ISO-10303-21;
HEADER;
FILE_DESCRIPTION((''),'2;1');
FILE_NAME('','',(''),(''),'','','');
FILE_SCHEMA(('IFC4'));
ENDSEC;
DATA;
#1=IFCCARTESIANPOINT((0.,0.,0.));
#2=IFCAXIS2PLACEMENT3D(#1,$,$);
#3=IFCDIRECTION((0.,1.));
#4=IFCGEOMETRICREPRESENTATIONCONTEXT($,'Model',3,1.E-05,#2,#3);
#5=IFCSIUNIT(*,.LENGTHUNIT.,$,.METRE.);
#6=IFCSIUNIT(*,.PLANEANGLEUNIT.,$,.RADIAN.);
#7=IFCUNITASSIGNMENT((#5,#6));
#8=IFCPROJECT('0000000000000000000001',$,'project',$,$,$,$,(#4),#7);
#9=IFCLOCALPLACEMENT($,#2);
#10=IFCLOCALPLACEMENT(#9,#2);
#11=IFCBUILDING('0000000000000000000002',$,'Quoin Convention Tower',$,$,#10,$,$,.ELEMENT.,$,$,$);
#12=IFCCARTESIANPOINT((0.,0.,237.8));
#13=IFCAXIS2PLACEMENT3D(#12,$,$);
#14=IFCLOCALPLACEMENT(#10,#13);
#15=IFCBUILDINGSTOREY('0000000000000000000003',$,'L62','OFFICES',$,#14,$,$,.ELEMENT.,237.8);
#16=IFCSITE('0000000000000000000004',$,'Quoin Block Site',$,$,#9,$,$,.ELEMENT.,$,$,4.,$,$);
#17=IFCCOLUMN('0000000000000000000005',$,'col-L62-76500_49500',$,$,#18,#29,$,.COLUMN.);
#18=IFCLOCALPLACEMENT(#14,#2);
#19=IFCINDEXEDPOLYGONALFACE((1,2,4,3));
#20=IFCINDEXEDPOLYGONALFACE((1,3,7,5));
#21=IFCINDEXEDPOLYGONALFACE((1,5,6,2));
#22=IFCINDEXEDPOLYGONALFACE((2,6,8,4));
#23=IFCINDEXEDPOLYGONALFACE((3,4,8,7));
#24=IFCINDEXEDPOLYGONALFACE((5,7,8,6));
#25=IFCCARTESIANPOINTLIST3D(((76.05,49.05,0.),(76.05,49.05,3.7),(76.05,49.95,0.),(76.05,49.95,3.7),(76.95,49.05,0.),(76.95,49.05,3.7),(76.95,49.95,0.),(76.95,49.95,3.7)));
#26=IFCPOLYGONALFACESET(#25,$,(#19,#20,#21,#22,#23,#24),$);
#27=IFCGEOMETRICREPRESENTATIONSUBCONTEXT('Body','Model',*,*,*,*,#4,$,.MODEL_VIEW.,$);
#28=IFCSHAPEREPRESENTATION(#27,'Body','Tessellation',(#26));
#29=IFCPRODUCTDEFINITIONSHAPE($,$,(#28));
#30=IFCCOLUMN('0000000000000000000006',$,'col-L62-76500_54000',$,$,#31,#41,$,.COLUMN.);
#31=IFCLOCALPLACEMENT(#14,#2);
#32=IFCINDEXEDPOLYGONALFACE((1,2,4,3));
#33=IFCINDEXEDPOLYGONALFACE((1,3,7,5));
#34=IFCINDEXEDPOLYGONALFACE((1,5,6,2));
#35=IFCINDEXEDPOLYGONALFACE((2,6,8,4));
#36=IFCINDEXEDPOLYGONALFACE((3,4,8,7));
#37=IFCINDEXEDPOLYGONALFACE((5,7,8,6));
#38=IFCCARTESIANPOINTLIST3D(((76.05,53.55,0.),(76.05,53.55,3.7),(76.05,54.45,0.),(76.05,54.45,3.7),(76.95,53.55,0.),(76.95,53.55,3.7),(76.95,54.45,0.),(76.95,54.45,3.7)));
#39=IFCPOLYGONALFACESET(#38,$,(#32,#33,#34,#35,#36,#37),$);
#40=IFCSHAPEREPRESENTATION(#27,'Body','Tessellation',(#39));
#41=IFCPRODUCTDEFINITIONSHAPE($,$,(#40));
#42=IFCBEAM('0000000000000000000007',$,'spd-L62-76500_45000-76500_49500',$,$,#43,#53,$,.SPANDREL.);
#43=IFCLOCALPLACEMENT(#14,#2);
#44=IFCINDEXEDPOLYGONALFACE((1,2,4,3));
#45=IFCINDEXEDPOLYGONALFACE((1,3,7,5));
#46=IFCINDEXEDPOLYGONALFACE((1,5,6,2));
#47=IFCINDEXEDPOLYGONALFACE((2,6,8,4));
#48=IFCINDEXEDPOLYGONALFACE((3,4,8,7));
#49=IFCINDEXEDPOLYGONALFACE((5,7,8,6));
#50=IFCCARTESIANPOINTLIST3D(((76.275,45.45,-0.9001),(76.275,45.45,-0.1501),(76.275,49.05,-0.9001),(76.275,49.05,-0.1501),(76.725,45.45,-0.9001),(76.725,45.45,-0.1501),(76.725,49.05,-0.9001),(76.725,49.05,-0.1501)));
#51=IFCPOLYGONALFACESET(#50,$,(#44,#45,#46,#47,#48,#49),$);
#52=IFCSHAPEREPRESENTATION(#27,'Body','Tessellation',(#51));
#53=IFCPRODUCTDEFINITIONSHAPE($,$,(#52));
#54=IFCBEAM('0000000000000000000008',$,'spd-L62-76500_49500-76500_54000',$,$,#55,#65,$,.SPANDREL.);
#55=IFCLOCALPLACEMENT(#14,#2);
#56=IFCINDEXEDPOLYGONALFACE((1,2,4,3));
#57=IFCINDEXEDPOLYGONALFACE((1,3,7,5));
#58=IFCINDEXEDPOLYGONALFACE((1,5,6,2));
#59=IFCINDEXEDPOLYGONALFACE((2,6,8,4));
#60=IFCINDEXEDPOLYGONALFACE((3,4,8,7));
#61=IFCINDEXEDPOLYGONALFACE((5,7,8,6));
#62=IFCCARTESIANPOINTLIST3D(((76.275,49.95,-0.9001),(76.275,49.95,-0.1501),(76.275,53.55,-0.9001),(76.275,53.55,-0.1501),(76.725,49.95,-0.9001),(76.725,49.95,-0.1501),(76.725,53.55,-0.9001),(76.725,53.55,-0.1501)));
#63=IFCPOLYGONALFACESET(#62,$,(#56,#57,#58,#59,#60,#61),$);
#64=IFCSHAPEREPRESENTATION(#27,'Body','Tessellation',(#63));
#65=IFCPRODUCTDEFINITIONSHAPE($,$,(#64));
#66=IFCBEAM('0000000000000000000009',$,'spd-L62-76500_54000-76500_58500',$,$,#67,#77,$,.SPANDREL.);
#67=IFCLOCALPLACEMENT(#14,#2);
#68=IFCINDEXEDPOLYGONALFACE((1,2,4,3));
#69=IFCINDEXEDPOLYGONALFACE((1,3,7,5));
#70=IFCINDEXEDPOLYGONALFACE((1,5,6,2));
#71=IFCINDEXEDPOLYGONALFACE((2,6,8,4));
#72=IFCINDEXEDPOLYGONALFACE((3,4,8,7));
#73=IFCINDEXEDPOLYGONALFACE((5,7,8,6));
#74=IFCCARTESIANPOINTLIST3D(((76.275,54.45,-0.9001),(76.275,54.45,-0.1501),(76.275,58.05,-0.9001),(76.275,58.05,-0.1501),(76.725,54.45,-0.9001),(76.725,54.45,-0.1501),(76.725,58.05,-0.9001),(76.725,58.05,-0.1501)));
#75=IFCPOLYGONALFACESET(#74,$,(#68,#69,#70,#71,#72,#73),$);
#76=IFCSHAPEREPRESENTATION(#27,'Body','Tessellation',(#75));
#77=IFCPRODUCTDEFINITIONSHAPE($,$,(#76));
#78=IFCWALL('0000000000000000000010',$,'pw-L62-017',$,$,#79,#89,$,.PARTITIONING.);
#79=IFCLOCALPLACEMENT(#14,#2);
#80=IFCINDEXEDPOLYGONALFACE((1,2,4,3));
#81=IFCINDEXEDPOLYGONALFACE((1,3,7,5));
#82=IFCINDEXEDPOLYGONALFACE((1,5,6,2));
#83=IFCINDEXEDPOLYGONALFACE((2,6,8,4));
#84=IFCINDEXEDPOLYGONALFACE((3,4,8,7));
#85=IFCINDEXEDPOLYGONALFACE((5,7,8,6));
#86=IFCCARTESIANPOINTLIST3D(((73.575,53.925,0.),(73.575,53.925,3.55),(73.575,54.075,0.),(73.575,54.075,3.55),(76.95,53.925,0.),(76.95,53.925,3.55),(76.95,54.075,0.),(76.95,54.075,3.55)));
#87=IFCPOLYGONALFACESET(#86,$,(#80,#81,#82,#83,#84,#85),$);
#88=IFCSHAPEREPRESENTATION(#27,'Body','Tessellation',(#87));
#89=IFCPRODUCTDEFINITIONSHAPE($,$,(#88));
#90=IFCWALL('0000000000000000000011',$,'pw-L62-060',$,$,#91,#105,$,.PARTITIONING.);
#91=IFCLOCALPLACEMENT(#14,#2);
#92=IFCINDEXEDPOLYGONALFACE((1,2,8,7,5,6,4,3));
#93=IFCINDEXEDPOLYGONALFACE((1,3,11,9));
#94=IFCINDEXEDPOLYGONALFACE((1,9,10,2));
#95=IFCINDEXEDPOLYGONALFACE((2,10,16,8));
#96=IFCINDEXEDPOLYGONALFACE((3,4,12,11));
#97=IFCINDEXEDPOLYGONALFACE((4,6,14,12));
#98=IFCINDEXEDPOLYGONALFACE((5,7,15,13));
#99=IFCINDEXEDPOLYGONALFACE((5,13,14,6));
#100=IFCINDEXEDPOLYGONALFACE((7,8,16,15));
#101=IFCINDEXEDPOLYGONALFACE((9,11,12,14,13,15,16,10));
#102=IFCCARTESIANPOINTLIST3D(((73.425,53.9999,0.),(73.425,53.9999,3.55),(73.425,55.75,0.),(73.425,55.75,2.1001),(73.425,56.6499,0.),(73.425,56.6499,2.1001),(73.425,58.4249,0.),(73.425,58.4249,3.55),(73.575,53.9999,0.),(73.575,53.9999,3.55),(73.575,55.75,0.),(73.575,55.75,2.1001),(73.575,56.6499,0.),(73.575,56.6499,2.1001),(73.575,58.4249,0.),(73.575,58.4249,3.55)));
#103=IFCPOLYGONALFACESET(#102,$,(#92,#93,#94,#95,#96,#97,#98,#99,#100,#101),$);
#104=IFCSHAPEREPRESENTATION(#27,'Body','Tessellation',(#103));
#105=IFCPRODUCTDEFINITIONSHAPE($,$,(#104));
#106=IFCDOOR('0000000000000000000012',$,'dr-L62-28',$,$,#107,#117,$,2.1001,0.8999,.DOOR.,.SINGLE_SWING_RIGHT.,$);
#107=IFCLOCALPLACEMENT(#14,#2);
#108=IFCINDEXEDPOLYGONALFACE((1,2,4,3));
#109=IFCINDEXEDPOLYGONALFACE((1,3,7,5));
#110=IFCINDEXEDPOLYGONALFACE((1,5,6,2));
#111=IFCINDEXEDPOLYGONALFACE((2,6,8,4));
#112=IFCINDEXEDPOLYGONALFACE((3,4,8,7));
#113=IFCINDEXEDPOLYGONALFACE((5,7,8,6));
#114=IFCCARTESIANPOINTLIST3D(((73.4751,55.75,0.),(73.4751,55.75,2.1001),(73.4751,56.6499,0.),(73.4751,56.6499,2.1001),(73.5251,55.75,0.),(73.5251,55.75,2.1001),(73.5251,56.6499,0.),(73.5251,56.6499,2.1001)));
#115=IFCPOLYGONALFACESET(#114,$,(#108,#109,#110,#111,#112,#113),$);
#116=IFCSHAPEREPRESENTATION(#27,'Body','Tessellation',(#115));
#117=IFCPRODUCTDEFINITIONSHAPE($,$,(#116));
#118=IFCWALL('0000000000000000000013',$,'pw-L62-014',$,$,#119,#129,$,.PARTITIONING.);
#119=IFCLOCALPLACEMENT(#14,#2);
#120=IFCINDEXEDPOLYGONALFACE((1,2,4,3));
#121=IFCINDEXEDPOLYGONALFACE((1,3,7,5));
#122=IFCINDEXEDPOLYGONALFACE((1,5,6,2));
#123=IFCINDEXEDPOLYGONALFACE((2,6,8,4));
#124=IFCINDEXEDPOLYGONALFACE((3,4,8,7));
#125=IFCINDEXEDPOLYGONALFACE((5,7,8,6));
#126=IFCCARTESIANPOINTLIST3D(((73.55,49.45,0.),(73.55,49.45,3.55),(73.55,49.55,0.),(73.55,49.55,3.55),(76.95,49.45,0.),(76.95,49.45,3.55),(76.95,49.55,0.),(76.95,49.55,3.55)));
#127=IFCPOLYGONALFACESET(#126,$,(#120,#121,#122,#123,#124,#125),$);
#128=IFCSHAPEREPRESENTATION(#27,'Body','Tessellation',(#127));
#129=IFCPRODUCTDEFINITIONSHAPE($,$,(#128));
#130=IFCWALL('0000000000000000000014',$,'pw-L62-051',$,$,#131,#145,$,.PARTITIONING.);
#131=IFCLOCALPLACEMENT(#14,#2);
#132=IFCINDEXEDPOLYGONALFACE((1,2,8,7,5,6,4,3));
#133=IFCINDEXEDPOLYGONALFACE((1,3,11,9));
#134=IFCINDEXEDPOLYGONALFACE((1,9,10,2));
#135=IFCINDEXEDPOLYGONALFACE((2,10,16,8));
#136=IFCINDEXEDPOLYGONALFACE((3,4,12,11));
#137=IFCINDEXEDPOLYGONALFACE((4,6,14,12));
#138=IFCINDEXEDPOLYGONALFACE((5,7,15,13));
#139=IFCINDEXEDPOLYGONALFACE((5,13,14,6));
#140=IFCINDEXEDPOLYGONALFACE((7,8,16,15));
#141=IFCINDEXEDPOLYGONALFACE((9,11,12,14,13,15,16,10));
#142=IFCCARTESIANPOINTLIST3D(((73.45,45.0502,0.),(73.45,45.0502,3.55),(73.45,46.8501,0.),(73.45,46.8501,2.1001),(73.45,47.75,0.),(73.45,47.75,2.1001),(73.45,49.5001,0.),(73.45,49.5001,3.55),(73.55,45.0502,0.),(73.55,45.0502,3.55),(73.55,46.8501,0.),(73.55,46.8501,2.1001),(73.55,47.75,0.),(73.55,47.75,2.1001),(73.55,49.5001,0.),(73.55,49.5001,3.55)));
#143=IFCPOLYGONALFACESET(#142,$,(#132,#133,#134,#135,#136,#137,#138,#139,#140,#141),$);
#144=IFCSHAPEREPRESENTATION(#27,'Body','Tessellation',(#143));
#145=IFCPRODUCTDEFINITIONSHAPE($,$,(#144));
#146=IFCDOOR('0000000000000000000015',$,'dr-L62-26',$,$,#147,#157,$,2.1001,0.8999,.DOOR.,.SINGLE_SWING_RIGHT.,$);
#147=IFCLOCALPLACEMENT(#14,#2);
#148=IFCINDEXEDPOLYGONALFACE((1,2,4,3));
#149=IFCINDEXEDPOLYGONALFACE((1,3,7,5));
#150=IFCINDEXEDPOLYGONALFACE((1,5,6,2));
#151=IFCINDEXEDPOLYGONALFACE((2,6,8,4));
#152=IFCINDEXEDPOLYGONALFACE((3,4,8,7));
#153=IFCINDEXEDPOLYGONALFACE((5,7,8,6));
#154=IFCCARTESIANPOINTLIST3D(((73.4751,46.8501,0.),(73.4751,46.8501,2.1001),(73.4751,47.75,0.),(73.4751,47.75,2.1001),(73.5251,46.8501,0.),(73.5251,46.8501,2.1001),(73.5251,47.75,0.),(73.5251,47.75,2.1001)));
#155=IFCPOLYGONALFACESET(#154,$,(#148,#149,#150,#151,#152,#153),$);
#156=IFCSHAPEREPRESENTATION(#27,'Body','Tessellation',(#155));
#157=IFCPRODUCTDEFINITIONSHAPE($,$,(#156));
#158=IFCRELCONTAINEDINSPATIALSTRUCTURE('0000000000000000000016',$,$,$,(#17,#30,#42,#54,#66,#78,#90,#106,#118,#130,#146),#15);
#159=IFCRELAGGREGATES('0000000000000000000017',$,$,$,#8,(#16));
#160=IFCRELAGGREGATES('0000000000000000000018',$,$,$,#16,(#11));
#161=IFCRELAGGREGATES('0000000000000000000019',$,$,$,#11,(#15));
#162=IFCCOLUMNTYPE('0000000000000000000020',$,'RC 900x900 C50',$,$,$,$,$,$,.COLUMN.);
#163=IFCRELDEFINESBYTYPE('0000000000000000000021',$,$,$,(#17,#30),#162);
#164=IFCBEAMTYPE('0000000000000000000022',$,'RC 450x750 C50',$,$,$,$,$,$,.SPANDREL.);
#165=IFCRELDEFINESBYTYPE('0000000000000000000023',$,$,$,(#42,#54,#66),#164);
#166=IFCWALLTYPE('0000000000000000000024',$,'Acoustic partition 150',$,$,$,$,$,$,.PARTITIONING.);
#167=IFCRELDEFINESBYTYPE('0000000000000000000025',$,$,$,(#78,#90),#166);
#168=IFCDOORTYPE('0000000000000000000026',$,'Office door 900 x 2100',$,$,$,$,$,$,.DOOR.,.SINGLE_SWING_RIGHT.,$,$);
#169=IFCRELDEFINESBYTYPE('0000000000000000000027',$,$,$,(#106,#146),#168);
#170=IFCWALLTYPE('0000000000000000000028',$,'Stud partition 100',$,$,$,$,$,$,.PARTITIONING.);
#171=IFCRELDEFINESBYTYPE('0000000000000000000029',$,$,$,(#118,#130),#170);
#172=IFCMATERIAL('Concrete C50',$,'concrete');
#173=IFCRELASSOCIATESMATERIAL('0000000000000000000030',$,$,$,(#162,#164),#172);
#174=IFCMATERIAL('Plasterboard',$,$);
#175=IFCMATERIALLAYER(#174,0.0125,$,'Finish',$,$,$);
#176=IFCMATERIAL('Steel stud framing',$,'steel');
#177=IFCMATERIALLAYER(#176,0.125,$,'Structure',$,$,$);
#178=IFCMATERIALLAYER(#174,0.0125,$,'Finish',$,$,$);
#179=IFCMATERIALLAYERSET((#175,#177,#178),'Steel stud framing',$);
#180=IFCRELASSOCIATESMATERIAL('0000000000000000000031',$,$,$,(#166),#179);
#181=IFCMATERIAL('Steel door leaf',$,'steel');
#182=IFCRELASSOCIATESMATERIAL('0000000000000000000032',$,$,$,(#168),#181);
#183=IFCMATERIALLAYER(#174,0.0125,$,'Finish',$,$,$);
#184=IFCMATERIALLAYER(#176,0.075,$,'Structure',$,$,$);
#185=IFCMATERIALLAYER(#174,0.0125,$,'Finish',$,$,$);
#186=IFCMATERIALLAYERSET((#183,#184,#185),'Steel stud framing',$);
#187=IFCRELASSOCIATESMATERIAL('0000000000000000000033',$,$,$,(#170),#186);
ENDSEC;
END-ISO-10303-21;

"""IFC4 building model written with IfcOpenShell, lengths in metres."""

from ifc_helpers import new_model, si_unit, direction, frame, frame_2d, origin, origin_2d, place, context, subcontext, project, spatial, rectangle, extrude, material, layer, layer_set, material_profile, profile_set, type_object, element, fill, save


model = new_model("IFC4")

# Units and contexts
model_context = context("Model", 3, precision=1e-05, world=origin(), true_north=direction((0.0, 1.0)))
body_context = subcontext(model_context, "Body", "Model", "MODEL_VIEW")
ifc_project = project(units=[si_unit("LENGTHUNIT", "METRE"), si_unit("PLANEANGLEUNIT", "RADIAN")], contexts=[model_context])

# Site, building, storey
site_placement = place(None, origin())
site = spatial("IfcSite", under=ifc_project, at=site_placement, Name="Quoin Block Site", CompositionType="ELEMENT", RefElevation=4.0)
building_placement = place(site_placement, origin())
building = spatial("IfcBuilding", under=site, at=building_placement, Name="Quoin Convention Tower", CompositionType="ELEMENT")
storey_placement = place(building_placement, frame((0.0, 0.0, 237.8)))
storey = spatial("IfcBuildingStorey", under=building, at=storey_placement, Name="L62", Description="OFFICES", CompositionType="ELEMENT", Elevation=237.8)

# Columns
ifc_material_1 = material(Name="Concrete C50", Category="concrete")
ifc_material_profile_1 = material_profile(ifc_material_1, rectangle(XDim=0.8999, YDim=0.8999, at=origin_2d()), Name="RC 900x900")
ifc_profile_set_1 = profile_set([ifc_material_profile_1], Name="Concrete C50")
column_type = type_object("IfcColumnType", Name="RC 900x900 C50", PredefinedType="COLUMN", material=ifc_profile_set_1)
for number, where, z_axis, x_axis, name in (
    (1, (76.5, 49.5, 0.0), (0.0, 0.0, 1.0), (1.0, 0.0, 0.0), "col-L62-76500_49500"),
    (2, (76.5, 54.0, 0.0), (0.0, 0.0, 1.0), (1.0, 0.0, 0.0), "col-L62-76500_54000"),
):
    element("IfcColumn", number, at=place(storey_placement, frame(where, z_axis=z_axis, x_axis=x_axis)), inside=storey, type_object=column_type, Name=name, PredefinedType="COLUMN", context=body_context, shape_type="SweptSolid", body=[
        extrude(rectangle(XDim=0.8999, YDim=0.8999, at=origin_2d()), origin(), (0.0, 0.0, 1.0), 3.7),
    ])

# Beams
ifc_material_profile_2 = material_profile(ifc_material_1, rectangle(XDim=0.45, YDim=0.75, at=origin_2d()), Name="RC 450x750")
ifc_profile_set_2 = profile_set([ifc_material_profile_2], Name="Concrete C50")
beam_type = type_object("IfcBeamType", Name="RC 450x750 C50", PredefinedType="SPANDREL", material=ifc_profile_set_2)
for number, where, z_axis, x_axis, name in (
    (3, (76.5, 45.45, -0.5251), (0.0, 1.0, 0.0), (-1.0, 0.0, 0.0), "spd-L62-76500_45000-76500_49500"),
    (4, (76.5, 49.95, -0.5251), (0.0, 1.0, 0.0), (-1.0, 0.0, 0.0), "spd-L62-76500_49500-76500_54000"),
    (5, (76.5, 54.45, -0.5251), (0.0, 1.0, 0.0), (-1.0, 0.0, 0.0), "spd-L62-76500_54000-76500_58500"),
):
    element("IfcBeam", number, at=place(storey_placement, frame(where, z_axis=z_axis, x_axis=x_axis)), inside=storey, type_object=beam_type, Name=name, PredefinedType="SPANDREL", context=body_context, shape_type="SweptSolid", body=[
        extrude(rectangle(XDim=0.45, YDim=0.75, at=origin_2d()), origin(), (0.0, 0.0, 1.0), 3.6001),
    ])

# Wall
ifc_material_2 = material(Name="Plasterboard")
ifc_layer_1 = layer(ifc_material_2, 0.0125, Name="Finish")
ifc_material_3 = material(Name="Steel stud framing", Category="steel")
ifc_layer_2 = layer(ifc_material_3, 0.125, Name="Structure")
ifc_layer_3 = layer(ifc_material_2, 0.0125, Name="Finish")
ifc_layer_set_1 = layer_set([ifc_layer_1, ifc_layer_2, ifc_layer_3], Name="Steel stud framing")
wall_type_1 = type_object("IfcWallType", Name="Acoustic partition 150", PredefinedType="PARTITIONING", material=ifc_layer_set_1)
wall_1_placement = place(storey_placement, frame((73.575, 54.0, 0.0), z_axis=(0.0, 0.0, 1.0), x_axis=(1.0, 0.0, 0.0)))
element("IfcWall", 6, at=wall_1_placement, inside=storey, type_object=wall_type_1, Name="pw-L62-017", PredefinedType="PARTITIONING", context=body_context, shape_type="SweptSolid", body=[
    extrude(rectangle(XDim=3.375, YDim=0.1499, at=frame_2d((1.6875, 0.0))), origin(), (0.0, 0.0, 1.0), 3.55),
])

# Wall, opening, door
wall_2_placement = place(storey_placement, frame((73.5, 54.0, 0.0), z_axis=(0.0, 0.0, 1.0), x_axis=(0.0, 1.0, 0.0)))
wall_2 = element("IfcWall", 7, at=wall_2_placement, inside=storey, type_object=wall_type_1, Name="pw-L62-060", PredefinedType="PARTITIONING", context=body_context, shape_type="SweptSolid", body=[
    extrude(rectangle(XDim=4.425, YDim=0.1499, at=frame_2d((2.2124, 0.0))), origin(), (0.0, 0.0, 1.0), 3.55),
])
opening_1_placement = place(wall_2_placement, frame((1.75, 0.0, 0.0)))
opening_1 = element("IfcOpeningElement", 8, at=opening_1_placement, cuts=wall_2, PredefinedType="OPENING", context=body_context, shape_type="SweptSolid", body=[
    extrude(rectangle(XDim=0.8999, YDim=2.1001, at=frame_2d((0.45, 1.05))), frame((0.0, 0.085, 0.0), z_axis=(0.0, -1.0, 0.0), x_axis=(1.0, 0.0, 0.0)), (0.0, 0.0, 1.0), 0.1699),
])
ifc_material_4 = material(Name="Steel door leaf", Category="steel")
door_type = type_object("IfcDoorType", Name="Office door 900 x 2100", OperationType="SINGLE_SWING_RIGHT", PredefinedType="DOOR", material=ifc_material_4)
door_1_placement = place(opening_1_placement, origin())
door_1 = element("IfcDoor", 9, at=door_1_placement, inside=storey, type_object=door_type, Name="dr-L62-28", OperationType="SINGLE_SWING_RIGHT", OverallHeight=2.1001, OverallWidth=0.8999, PredefinedType="DOOR", context=body_context, shape_type="SweptSolid", body=[
    extrude(rectangle(XDim=0.8999, YDim=2.1001, at=frame_2d((0.45, 1.05))), frame((0.0, 0.0249, 0.0), z_axis=(0.0, -1.0, 0.0), x_axis=(1.0, 0.0, 0.0)), (0.0, 0.0, 1.0), 0.05),
])
fill(opening_1, door_1)

# Wall
ifc_layer_4 = layer(ifc_material_2, 0.0125, Name="Finish")
ifc_layer_5 = layer(ifc_material_3, 0.075, Name="Structure")
ifc_layer_6 = layer(ifc_material_2, 0.0125, Name="Finish")
ifc_layer_set_2 = layer_set([ifc_layer_4, ifc_layer_5, ifc_layer_6], Name="Steel stud framing")
wall_type_2 = type_object("IfcWallType", Name="Stud partition 100", PredefinedType="PARTITIONING", material=ifc_layer_set_2)
wall_3_placement = place(storey_placement, frame((73.55, 49.5, 0.0), z_axis=(0.0, 0.0, 1.0), x_axis=(1.0, 0.0, 0.0)))
element("IfcWall", 10, at=wall_3_placement, inside=storey, type_object=wall_type_2, Name="pw-L62-014", PredefinedType="PARTITIONING", context=body_context, shape_type="SweptSolid", body=[
    extrude(rectangle(XDim=3.3999, YDim=0.1001, at=frame_2d((1.7, 0.0))), origin(), (0.0, 0.0, 1.0), 3.55),
])

# Wall, opening, door
wall_4_placement = place(storey_placement, frame((73.5, 45.05, 0.0), z_axis=(0.0, 0.0, 1.0), x_axis=(0.0, 1.0, 0.0)))
wall_4 = element("IfcWall", 11, at=wall_4_placement, inside=storey, type_object=wall_type_2, Name="pw-L62-051", PredefinedType="PARTITIONING", context=body_context, shape_type="SweptSolid", body=[
    extrude(rectangle(XDim=4.45, YDim=0.1001, at=frame_2d((2.2251, 0.0))), origin(), (0.0, 0.0, 1.0), 3.55),
])
opening_2_placement = place(wall_4_placement, frame((1.8, 0.0, 0.0)))
opening_2 = element("IfcOpeningElement", 12, at=opening_2_placement, cuts=wall_4, PredefinedType="OPENING", context=body_context, shape_type="SweptSolid", body=[
    extrude(rectangle(XDim=0.8999, YDim=2.1001, at=frame_2d((0.45, 1.05))), frame((0.0, 0.0601, 0.0), z_axis=(0.0, -1.0, 0.0), x_axis=(1.0, 0.0, 0.0)), (0.0, 0.0, 1.0), 0.1201),
])
door_2_placement = place(opening_2_placement, origin())
door_2 = element("IfcDoor", 13, at=door_2_placement, inside=storey, type_object=door_type, Name="dr-L62-26", OperationType="SINGLE_SWING_RIGHT", OverallHeight=2.1001, OverallWidth=0.8999, PredefinedType="DOOR", context=body_context, shape_type="SweptSolid", body=[
    extrude(rectangle(XDim=0.8999, YDim=2.1001, at=frame_2d((0.45, 1.05))), frame((0.0, 0.0249, 0.0), z_axis=(0.0, -1.0, 0.0), x_axis=(1.0, 0.0, 0.0)), (0.0, 0.0, 1.0), 0.05),
])
fill(opening_2, door_2)

save(model, "model.ifc")
